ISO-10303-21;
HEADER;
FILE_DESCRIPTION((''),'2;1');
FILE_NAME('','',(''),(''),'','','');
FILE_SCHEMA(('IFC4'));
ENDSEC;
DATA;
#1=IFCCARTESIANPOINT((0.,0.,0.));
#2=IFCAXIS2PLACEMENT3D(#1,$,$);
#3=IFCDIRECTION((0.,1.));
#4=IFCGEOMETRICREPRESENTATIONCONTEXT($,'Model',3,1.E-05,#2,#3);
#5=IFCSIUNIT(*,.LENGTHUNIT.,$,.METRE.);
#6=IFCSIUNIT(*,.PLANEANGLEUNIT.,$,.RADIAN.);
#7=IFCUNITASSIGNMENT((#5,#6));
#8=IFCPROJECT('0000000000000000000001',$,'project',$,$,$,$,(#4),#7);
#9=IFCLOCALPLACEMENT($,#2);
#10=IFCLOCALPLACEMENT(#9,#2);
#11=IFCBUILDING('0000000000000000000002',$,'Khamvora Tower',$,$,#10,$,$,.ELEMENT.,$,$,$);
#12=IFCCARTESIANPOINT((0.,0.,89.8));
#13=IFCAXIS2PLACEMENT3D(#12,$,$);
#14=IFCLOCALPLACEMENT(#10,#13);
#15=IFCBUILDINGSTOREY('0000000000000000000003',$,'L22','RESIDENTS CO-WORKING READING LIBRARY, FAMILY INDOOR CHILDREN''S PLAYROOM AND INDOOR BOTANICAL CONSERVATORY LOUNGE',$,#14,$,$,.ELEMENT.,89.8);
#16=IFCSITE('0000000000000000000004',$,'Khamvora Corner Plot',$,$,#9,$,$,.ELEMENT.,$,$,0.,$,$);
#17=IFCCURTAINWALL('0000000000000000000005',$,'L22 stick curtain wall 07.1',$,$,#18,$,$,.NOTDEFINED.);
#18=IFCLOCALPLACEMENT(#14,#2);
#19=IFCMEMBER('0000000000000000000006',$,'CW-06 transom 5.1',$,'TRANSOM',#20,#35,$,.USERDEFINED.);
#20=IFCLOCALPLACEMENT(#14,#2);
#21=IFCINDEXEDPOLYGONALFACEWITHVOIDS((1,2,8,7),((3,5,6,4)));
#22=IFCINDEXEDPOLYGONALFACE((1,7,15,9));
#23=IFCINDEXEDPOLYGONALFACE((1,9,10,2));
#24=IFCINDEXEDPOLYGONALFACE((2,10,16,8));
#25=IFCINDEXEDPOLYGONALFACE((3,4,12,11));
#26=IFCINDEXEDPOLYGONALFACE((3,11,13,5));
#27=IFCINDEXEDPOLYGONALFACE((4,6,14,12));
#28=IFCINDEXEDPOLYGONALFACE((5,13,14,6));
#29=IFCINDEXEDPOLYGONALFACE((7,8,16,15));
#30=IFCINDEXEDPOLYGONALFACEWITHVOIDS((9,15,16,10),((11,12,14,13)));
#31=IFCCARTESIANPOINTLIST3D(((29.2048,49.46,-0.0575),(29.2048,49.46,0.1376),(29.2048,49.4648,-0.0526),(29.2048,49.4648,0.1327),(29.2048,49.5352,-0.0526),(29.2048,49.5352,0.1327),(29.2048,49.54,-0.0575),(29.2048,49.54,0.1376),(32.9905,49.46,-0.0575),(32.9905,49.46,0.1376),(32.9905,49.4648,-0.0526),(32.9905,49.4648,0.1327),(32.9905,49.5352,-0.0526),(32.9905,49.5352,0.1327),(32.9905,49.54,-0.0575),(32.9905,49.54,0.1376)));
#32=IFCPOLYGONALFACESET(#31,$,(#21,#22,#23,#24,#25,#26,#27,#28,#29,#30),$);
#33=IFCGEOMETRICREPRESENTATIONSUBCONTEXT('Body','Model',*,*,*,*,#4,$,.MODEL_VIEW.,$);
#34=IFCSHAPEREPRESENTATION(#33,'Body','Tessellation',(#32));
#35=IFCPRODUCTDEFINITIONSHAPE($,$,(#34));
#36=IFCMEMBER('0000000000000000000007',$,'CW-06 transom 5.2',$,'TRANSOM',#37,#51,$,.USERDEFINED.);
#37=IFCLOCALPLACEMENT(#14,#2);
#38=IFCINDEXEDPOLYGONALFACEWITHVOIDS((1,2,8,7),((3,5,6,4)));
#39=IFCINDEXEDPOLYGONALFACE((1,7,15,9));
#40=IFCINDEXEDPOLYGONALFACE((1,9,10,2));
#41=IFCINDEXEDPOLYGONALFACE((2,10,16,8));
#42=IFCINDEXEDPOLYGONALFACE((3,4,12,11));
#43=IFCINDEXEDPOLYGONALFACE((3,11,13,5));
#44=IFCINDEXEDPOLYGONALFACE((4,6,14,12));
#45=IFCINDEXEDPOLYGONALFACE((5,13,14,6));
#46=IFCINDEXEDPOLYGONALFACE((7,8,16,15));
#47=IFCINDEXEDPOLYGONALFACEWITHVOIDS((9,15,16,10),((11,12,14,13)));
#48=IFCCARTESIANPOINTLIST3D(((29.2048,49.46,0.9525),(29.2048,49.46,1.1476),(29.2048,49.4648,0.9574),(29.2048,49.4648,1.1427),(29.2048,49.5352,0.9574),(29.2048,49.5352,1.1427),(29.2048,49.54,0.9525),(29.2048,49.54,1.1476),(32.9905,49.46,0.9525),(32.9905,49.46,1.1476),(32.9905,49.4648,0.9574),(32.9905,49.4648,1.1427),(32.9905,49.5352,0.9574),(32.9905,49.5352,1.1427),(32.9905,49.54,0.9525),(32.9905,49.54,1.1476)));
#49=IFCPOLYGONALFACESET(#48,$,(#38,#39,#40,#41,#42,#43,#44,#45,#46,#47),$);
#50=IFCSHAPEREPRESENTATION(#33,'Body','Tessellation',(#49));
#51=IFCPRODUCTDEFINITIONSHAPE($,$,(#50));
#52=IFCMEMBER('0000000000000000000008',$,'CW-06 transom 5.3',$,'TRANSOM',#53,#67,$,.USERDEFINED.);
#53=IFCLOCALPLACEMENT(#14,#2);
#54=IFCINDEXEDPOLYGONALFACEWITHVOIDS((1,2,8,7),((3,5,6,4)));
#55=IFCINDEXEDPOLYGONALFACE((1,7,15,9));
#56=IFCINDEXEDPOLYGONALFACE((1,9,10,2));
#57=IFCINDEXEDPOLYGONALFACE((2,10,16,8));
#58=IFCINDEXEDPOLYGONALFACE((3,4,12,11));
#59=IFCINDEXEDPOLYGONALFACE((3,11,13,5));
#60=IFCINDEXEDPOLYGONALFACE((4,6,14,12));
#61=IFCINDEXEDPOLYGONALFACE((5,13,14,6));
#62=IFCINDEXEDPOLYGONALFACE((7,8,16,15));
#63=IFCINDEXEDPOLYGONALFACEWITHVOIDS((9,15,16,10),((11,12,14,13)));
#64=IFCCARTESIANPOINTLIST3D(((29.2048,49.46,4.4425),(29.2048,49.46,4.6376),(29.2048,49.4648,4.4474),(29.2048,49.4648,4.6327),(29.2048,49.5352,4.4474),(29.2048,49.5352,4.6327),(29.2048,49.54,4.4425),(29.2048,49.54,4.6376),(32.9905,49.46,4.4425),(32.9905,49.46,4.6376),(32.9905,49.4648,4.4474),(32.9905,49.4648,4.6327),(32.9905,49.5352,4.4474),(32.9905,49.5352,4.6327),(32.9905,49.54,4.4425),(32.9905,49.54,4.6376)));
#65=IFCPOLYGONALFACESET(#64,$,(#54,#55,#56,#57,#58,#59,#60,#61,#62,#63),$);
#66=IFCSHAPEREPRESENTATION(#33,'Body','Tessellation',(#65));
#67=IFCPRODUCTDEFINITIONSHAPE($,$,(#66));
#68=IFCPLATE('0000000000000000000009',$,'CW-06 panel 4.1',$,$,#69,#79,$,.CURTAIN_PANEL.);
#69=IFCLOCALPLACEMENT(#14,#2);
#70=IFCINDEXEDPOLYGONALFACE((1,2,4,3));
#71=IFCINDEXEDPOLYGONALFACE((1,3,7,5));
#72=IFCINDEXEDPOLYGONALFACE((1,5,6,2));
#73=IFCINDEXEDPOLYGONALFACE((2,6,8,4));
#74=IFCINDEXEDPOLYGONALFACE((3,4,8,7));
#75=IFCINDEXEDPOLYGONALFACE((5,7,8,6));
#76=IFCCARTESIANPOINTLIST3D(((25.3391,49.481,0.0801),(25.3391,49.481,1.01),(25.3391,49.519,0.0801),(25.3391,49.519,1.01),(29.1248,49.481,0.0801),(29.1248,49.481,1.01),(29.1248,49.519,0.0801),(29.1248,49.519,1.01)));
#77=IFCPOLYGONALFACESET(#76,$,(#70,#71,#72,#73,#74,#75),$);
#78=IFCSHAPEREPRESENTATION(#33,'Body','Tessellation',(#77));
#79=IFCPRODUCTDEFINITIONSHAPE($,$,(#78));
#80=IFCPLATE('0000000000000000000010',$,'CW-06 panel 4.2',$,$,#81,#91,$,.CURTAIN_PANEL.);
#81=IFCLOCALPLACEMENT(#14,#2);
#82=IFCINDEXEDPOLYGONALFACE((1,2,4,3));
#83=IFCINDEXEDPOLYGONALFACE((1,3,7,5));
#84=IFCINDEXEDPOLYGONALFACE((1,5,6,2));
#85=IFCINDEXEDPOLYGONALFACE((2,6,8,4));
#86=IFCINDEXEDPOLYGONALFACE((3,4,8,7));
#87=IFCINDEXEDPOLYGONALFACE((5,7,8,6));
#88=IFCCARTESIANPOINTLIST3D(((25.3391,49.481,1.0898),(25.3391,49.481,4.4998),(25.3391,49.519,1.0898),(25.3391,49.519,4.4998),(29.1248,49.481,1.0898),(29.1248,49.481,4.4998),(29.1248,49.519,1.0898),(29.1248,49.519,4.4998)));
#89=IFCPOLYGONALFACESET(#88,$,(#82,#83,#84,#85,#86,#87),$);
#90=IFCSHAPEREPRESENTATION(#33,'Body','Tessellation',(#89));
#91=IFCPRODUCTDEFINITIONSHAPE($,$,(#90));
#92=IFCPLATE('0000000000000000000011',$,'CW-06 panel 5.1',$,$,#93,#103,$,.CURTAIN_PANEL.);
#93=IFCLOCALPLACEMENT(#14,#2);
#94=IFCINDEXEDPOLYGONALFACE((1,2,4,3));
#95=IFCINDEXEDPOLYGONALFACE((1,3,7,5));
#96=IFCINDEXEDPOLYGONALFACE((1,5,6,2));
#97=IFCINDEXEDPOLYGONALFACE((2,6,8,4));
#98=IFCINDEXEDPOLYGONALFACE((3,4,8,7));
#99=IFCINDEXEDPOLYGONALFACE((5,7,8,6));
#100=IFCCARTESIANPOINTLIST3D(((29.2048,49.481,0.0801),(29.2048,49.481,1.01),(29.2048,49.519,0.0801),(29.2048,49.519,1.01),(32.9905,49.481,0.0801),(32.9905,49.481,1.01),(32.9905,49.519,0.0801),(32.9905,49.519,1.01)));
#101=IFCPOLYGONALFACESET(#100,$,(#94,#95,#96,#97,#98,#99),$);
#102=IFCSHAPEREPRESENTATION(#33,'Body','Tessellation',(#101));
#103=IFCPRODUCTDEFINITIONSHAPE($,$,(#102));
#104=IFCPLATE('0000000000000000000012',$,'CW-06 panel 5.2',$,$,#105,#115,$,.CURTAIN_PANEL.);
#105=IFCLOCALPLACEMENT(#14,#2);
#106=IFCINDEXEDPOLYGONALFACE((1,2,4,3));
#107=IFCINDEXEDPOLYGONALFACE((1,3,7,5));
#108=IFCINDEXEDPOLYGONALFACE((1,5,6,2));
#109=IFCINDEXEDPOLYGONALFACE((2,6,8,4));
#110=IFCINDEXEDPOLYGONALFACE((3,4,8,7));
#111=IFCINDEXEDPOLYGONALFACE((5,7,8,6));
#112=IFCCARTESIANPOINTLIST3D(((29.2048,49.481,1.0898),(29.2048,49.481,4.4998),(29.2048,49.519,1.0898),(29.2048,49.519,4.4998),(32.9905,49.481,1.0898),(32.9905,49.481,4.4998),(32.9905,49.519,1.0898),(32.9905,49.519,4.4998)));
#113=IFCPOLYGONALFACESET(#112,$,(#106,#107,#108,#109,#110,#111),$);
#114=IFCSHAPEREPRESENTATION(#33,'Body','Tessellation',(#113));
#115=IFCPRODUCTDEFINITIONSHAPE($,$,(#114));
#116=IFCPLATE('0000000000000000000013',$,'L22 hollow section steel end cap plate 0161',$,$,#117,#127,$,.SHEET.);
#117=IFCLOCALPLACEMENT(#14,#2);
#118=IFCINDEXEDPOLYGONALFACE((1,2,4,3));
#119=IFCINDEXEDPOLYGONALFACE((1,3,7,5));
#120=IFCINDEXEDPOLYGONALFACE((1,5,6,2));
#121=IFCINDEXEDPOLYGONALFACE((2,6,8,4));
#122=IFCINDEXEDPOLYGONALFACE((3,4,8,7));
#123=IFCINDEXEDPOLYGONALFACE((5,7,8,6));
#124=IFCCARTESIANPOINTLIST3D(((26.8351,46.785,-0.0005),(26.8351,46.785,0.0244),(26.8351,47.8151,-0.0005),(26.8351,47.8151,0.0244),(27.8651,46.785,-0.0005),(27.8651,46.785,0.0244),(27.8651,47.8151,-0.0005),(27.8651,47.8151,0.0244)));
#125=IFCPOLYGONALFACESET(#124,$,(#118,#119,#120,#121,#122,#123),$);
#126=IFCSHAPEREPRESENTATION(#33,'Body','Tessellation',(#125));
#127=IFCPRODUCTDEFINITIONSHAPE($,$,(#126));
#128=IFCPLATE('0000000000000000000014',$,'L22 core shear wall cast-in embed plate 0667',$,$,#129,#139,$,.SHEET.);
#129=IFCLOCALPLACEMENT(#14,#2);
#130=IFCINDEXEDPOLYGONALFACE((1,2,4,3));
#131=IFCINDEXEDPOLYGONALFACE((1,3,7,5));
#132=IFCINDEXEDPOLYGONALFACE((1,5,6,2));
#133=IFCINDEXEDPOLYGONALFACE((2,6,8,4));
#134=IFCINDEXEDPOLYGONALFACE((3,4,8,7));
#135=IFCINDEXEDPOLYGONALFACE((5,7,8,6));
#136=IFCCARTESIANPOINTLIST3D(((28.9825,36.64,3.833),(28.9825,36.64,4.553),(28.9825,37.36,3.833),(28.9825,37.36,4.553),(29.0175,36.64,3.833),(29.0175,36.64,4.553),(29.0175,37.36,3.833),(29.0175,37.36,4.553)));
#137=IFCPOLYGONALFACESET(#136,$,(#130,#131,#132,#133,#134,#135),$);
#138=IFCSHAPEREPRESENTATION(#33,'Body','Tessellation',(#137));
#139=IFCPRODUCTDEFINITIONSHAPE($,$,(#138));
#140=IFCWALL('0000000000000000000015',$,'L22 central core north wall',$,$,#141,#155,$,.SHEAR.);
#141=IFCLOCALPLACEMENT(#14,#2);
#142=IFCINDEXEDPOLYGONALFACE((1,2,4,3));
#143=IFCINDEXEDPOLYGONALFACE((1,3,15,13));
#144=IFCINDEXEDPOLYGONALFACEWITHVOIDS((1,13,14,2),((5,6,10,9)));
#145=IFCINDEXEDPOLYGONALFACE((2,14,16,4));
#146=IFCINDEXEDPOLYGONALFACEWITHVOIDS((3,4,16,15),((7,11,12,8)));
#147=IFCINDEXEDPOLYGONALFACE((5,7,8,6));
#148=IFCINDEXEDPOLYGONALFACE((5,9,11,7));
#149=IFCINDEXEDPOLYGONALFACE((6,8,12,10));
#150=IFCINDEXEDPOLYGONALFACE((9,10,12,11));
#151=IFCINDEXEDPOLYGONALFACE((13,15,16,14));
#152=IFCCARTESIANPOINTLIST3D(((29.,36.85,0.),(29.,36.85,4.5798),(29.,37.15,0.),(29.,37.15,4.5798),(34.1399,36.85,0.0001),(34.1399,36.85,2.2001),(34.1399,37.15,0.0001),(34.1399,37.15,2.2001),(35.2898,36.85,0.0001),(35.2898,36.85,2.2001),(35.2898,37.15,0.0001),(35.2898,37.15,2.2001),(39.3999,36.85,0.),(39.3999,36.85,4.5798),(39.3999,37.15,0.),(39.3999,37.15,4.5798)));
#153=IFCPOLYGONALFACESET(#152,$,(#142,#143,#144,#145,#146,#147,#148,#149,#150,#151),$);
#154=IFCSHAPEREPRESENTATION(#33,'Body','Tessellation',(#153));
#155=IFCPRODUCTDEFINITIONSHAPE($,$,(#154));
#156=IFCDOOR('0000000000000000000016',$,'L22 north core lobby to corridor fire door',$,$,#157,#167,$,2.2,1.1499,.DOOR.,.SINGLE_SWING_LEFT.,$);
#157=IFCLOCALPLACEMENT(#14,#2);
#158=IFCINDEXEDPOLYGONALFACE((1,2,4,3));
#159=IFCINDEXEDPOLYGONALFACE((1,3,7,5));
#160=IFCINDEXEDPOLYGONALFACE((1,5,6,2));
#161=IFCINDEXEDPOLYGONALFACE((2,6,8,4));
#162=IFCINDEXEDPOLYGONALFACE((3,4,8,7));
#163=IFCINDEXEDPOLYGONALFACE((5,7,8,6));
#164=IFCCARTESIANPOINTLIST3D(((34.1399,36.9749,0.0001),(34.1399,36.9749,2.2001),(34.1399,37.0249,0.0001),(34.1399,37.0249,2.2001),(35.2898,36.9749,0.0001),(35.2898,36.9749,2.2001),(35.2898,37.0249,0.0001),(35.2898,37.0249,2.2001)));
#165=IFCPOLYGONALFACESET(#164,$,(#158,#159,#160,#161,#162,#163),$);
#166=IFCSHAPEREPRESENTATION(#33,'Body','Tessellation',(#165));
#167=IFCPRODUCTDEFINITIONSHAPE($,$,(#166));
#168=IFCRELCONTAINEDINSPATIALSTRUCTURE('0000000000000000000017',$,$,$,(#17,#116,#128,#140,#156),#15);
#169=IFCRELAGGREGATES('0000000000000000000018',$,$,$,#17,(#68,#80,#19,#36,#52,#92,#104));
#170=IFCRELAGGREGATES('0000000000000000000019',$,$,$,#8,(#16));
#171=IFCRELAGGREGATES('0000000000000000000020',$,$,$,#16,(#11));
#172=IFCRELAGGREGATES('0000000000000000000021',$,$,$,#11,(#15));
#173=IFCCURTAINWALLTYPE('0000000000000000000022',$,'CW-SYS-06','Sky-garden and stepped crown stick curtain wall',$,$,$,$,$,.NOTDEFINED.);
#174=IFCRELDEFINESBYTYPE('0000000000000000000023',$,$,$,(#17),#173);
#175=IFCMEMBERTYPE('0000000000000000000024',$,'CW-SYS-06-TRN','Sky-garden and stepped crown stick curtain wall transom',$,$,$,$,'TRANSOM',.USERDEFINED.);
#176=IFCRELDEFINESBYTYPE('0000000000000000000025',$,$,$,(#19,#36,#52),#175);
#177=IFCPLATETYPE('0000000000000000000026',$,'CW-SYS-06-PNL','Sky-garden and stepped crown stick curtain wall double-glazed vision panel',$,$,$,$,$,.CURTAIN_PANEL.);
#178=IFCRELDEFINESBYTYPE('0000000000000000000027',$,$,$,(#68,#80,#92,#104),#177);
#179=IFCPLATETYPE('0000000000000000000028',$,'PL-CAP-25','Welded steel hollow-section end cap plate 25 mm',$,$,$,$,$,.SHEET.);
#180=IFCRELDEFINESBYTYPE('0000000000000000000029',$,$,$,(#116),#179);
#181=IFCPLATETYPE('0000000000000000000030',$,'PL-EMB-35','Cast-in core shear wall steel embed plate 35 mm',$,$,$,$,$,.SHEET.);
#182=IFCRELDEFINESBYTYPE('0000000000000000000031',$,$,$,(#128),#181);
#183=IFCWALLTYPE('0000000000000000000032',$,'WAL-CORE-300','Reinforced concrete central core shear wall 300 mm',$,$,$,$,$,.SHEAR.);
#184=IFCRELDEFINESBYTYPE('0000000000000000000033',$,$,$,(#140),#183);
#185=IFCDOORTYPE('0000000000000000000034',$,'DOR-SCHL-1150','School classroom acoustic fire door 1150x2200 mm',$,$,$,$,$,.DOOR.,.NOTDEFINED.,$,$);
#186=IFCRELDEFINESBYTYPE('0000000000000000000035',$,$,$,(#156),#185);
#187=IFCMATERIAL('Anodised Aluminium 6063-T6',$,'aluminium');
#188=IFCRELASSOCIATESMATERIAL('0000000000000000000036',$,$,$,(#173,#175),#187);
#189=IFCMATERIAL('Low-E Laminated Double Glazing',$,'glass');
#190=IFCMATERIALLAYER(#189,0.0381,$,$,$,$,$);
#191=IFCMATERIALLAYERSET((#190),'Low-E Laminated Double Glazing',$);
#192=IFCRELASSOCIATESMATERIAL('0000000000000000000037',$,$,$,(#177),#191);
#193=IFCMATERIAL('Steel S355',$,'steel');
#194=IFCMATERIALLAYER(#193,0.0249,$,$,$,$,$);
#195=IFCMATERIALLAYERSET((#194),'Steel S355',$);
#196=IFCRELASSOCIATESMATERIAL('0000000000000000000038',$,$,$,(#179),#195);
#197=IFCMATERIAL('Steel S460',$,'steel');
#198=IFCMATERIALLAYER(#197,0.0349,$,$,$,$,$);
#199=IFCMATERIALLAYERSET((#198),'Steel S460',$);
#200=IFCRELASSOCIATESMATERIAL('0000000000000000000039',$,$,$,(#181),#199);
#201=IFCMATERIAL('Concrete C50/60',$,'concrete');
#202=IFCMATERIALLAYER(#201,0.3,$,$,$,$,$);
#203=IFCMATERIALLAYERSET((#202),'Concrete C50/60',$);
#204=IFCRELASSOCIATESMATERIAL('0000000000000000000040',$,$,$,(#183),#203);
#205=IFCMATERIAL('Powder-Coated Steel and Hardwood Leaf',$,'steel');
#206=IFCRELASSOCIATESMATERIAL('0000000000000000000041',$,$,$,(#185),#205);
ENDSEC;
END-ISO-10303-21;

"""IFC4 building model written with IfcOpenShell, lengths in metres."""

from ifc_helpers import new_model, si_unit, direction, frame, frame_2d, origin, origin_2d, place, context, subcontext, project, spatial, rectangle, hollow_rectangle, extrude, material, layer, layer_set, material_profile, profile_set, type_object, element, fill, aggregate, save


model = new_model("IFC4")

# Units and contexts
model_context = context("Model", 3, precision=1e-05, world=origin(), true_north=direction((0.0, 1.0)))
body_context = subcontext(model_context, "Body", "Model", "MODEL_VIEW")
ifc_project = project(units=[si_unit("LENGTHUNIT", "METRE"), si_unit("PLANEANGLEUNIT", "RADIAN")], contexts=[model_context])

# Site, building, storey
site_placement = place(None, origin())
site = spatial("IfcSite", under=ifc_project, at=site_placement, Name="Khamvora Corner Plot", CompositionType="ELEMENT", RefElevation=0.0)
building_placement = place(site_placement, origin())
building = spatial("IfcBuilding", under=site, at=building_placement, Name="Khamvora Tower", CompositionType="ELEMENT")
storey_placement = place(building_placement, frame((0.0, 0.0, 89.8)))
storey = spatial("IfcBuildingStorey", under=building, at=storey_placement, Name="L22", Description="RESIDENTS CO-WORKING READING LIBRARY, FAMILY INDOOR CHILDREN'S PLAYROOM AND INDOOR BOTANICAL CONSERVATORY LOUNGE", CompositionType="ELEMENT", Elevation=89.8)

# Shared definitions
ifc_material_1 = material(Name="Steel S355", Category="steel")

# Curtain wall, members, plates
ifc_material_2 = material(Name="Anodised Aluminium 6063-T6", Category="aluminium")
curtain_wall_type = type_object("IfcCurtainWallType", Name="CW-SYS-06", Description="Sky-garden and stepped crown stick curtain wall", PredefinedType="NOTDEFINED", material=ifc_material_2)
curtain_wall_placement = place(storey_placement, origin())
curtain_wall = element("IfcCurtainWall", 1, at=curtain_wall_placement, inside=storey, type_object=curtain_wall_type, Name="L22 stick curtain wall 07.1", PredefinedType="NOTDEFINED")
ifc_material_profile_1 = material_profile(ifc_material_2, hollow_rectangle(XDim=0.0801, YDim=0.1951, WallThickness=0.0049, at=origin_2d()), Name="TRN80x195x5")
ifc_profile_set_1 = profile_set([ifc_material_profile_1], Name="Anodised Aluminium 6063-T6")
member_type_1 = type_object("IfcMemberType", Name="CW-SYS-06-TRN", Description="Sky-garden and stepped crown stick curtain wall transom", ElementType="TRANSOM", PredefinedType="USERDEFINED", material=ifc_profile_set_1)
member_1_placement = place(storey_placement, frame((29.2048, 49.5, 0.04), z_axis=(1.0, 0.0, 0.0), x_axis=(0.0, 1.0, 0.0)))
member_1 = element("IfcMember", 2, at=member_1_placement, type_object=member_type_1, Name="CW-06 transom 5.1", ObjectType="TRANSOM", PredefinedType="USERDEFINED", context=body_context, shape_type="SweptSolid", body=[
    extrude(hollow_rectangle(XDim=0.0801, YDim=0.1951, WallThickness=0.0049, at=origin_2d()), origin(), (0.0, 0.0, 1.0), 3.7856),
])
member_2_placement = place(storey_placement, frame((29.2048, 49.5, 1.05), z_axis=(1.0, 0.0, 0.0), x_axis=(0.0, 1.0, 0.0)))
member_2 = element("IfcMember", 3, at=member_2_placement, type_object=member_type_1, Name="CW-06 transom 5.2", ObjectType="TRANSOM", PredefinedType="USERDEFINED", context=body_context, shape_type="SweptSolid", body=[
    extrude(hollow_rectangle(XDim=0.0801, YDim=0.1951, WallThickness=0.0049, at=origin_2d()), origin(), (0.0, 0.0, 1.0), 3.7856),
])
member_3_placement = place(storey_placement, frame((29.2048, 49.5, 4.54), z_axis=(1.0, 0.0, 0.0), x_axis=(0.0, 1.0, 0.0)))
member_3 = element("IfcMember", 4, at=member_3_placement, type_object=member_type_1, Name="CW-06 transom 5.3", ObjectType="TRANSOM", PredefinedType="USERDEFINED", context=body_context, shape_type="SweptSolid", body=[
    extrude(hollow_rectangle(XDim=0.0801, YDim=0.1951, WallThickness=0.0049, at=origin_2d()), origin(), (0.0, 0.0, 1.0), 3.7856),
])
ifc_material_3 = material(Name="Low-E Laminated Double Glazing", Category="glass")
ifc_layer_1 = layer(ifc_material_3, 0.0381)
ifc_layer_set_1 = layer_set([ifc_layer_1], Name="Low-E Laminated Double Glazing")
plate_type_1 = type_object("IfcPlateType", Name="CW-SYS-06-PNL", Description="Sky-garden and stepped crown stick curtain wall double-glazed vision panel", PredefinedType="CURTAIN_PANEL", material=ifc_layer_set_1)
plate_1_placement = place(storey_placement, frame((27.2319, 49.5, 0.0801), z_axis=(0.0, 0.0, 1.0), x_axis=(1.0, 0.0, 0.0)))
plate_1 = element("IfcPlate", 5, at=plate_1_placement, type_object=plate_type_1, Name="CW-06 panel 4.1", PredefinedType="CURTAIN_PANEL", context=body_context, shape_type="SweptSolid", body=[
    extrude(rectangle(XDim=3.7856, YDim=0.0381, at=origin_2d()), origin(), (0.0, 0.0, 1.0), 0.9299),
])
plate_2_placement = place(storey_placement, frame((27.2319, 49.5, 1.0898), z_axis=(0.0, 0.0, 1.0), x_axis=(1.0, 0.0, 0.0)))
plate_2 = element("IfcPlate", 6, at=plate_2_placement, type_object=plate_type_1, Name="CW-06 panel 4.2", PredefinedType="CURTAIN_PANEL", context=body_context, shape_type="SweptSolid", body=[
    extrude(rectangle(XDim=3.7856, YDim=0.0381, at=origin_2d()), origin(), (0.0, 0.0, 1.0), 3.4099),
])
plate_3_placement = place(storey_placement, frame((31.0977, 49.5, 0.0801), z_axis=(0.0, 0.0, 1.0), x_axis=(1.0, 0.0, 0.0)))
plate_3 = element("IfcPlate", 7, at=plate_3_placement, type_object=plate_type_1, Name="CW-06 panel 5.1", PredefinedType="CURTAIN_PANEL", context=body_context, shape_type="SweptSolid", body=[
    extrude(rectangle(XDim=3.7856, YDim=0.0381, at=origin_2d()), origin(), (0.0, 0.0, 1.0), 0.9299),
])
plate_4_placement = place(storey_placement, frame((31.0977, 49.5, 1.0898), z_axis=(0.0, 0.0, 1.0), x_axis=(1.0, 0.0, 0.0)))
plate_4 = element("IfcPlate", 8, at=plate_4_placement, type_object=plate_type_1, Name="CW-06 panel 5.2", PredefinedType="CURTAIN_PANEL", context=body_context, shape_type="SweptSolid", body=[
    extrude(rectangle(XDim=3.7856, YDim=0.0381, at=origin_2d()), origin(), (0.0, 0.0, 1.0), 3.4099),
])
aggregate(curtain_wall, [plate_1, plate_2, member_1, member_2, member_3, plate_3, plate_4])

# Plates
ifc_layer_2 = layer(ifc_material_1, 0.0249)
ifc_layer_set_2 = layer_set([ifc_layer_2], Name="Steel S355")
plate_type_2 = type_object("IfcPlateType", Name="PL-CAP-25", Description="Welded steel hollow-section end cap plate 25 mm", PredefinedType="SHEET", material=ifc_layer_set_2)
plate_5_placement = place(storey_placement, frame((27.3501, 47.3, -0.0005), z_axis=(0.0, 0.0, 1.0), x_axis=(1.0, 0.0, 0.0)))
element("IfcPlate", 9, at=plate_5_placement, inside=storey, type_object=plate_type_2, Name="L22 hollow section steel end cap plate 0161", PredefinedType="SHEET", context=body_context, shape_type="SweptSolid", body=[
    extrude(rectangle(XDim=1.03, YDim=1.03, at=origin_2d()), origin(), (0.0, 0.0, 1.0), 0.0249),
])
ifc_material_4 = material(Name="Steel S460", Category="steel")
ifc_layer_3 = layer(ifc_material_4, 0.0349)
ifc_layer_set_3 = layer_set([ifc_layer_3], Name="Steel S460")
plate_type_3 = type_object("IfcPlateType", Name="PL-EMB-35", Description="Cast-in core shear wall steel embed plate 35 mm", PredefinedType="SHEET", material=ifc_layer_set_3)
plate_6_placement = place(storey_placement, frame((29.0, 37.0, 3.833), z_axis=(0.0, 0.0, 1.0), x_axis=(1.0, 0.0, 0.0)))
element("IfcPlate", 10, at=plate_6_placement, inside=storey, type_object=plate_type_3, Name="L22 core shear wall cast-in embed plate 0667", PredefinedType="SHEET", context=body_context, shape_type="SweptSolid", body=[
    extrude(rectangle(XDim=0.0349, YDim=0.72, at=origin_2d()), origin(), (0.0, 0.0, 1.0), 0.72),
])

# Wall, opening, door
ifc_material_5 = material(Name="Concrete C50/60", Category="concrete")
ifc_layer_4 = layer(ifc_material_5, 0.3)
ifc_layer_set_4 = layer_set([ifc_layer_4], Name="Concrete C50/60")
wall_type_1 = type_object("IfcWallType", Name="WAL-CORE-300", Description="Reinforced concrete central core shear wall 300 mm", PredefinedType="SHEAR", material=ifc_layer_set_4)
wall_1_placement = place(storey_placement, frame((29.0, 37.0, 0.0), z_axis=(0.0, 0.0, 1.0), x_axis=(1.0, 0.0, 0.0)))
wall_1 = element("IfcWall", 11, at=wall_1_placement, inside=storey, type_object=wall_type_1, Name="L22 central core north wall", PredefinedType="SHEAR", context=body_context, shape_type="SweptSolid", body=[
    extrude(rectangle(XDim=10.3999, YDim=0.3, at=frame_2d((5.2, 0.0))), origin(), (0.0, 0.0, 1.0), 4.5798),
])
opening_1_placement = place(wall_1_placement, frame((5.1399, 0.0, 0.0)))
opening_1 = element("IfcOpeningElement", 12, at=opening_1_placement, cuts=wall_1, PredefinedType="OPENING", context=body_context, shape_type="SweptSolid", body=[
    extrude(rectangle(XDim=1.1499, YDim=2.2, at=frame_2d((0.575, 1.1001))), frame((0.0, 0.1599, 0.0), z_axis=(0.0, -1.0, 0.0), x_axis=(1.0, 0.0, 0.0)), (0.0, 0.0, 1.0), 0.3201),
])
ifc_material_6 = material(Name="Powder-Coated Steel and Hardwood Leaf", Category="steel")
door_type_1 = type_object("IfcDoorType", Name="DOR-SCHL-1150", Description="School classroom acoustic fire door 1150x2200 mm", OperationType="NOTDEFINED", PredefinedType="DOOR", material=ifc_material_6)
door_1_placement = place(opening_1_placement, origin())
door_1 = element("IfcDoor", 13, at=door_1_placement, inside=storey, type_object=door_type_1, Name="L22 north core lobby to corridor fire door", OperationType="SINGLE_SWING_LEFT", OverallHeight=2.2, OverallWidth=1.1499, PredefinedType="DOOR", context=body_context, shape_type="SweptSolid", body=[
    extrude(rectangle(XDim=1.1499, YDim=2.2, at=frame_2d((0.575, 1.1001))), frame((0.0, 0.0249, 0.0), z_axis=(0.0, -1.0, 0.0), x_axis=(1.0, 0.0, 0.0)), (0.0, 0.0, 1.0), 0.05),
])
fill(opening_1, door_1)

save(model, "model.ifc")
